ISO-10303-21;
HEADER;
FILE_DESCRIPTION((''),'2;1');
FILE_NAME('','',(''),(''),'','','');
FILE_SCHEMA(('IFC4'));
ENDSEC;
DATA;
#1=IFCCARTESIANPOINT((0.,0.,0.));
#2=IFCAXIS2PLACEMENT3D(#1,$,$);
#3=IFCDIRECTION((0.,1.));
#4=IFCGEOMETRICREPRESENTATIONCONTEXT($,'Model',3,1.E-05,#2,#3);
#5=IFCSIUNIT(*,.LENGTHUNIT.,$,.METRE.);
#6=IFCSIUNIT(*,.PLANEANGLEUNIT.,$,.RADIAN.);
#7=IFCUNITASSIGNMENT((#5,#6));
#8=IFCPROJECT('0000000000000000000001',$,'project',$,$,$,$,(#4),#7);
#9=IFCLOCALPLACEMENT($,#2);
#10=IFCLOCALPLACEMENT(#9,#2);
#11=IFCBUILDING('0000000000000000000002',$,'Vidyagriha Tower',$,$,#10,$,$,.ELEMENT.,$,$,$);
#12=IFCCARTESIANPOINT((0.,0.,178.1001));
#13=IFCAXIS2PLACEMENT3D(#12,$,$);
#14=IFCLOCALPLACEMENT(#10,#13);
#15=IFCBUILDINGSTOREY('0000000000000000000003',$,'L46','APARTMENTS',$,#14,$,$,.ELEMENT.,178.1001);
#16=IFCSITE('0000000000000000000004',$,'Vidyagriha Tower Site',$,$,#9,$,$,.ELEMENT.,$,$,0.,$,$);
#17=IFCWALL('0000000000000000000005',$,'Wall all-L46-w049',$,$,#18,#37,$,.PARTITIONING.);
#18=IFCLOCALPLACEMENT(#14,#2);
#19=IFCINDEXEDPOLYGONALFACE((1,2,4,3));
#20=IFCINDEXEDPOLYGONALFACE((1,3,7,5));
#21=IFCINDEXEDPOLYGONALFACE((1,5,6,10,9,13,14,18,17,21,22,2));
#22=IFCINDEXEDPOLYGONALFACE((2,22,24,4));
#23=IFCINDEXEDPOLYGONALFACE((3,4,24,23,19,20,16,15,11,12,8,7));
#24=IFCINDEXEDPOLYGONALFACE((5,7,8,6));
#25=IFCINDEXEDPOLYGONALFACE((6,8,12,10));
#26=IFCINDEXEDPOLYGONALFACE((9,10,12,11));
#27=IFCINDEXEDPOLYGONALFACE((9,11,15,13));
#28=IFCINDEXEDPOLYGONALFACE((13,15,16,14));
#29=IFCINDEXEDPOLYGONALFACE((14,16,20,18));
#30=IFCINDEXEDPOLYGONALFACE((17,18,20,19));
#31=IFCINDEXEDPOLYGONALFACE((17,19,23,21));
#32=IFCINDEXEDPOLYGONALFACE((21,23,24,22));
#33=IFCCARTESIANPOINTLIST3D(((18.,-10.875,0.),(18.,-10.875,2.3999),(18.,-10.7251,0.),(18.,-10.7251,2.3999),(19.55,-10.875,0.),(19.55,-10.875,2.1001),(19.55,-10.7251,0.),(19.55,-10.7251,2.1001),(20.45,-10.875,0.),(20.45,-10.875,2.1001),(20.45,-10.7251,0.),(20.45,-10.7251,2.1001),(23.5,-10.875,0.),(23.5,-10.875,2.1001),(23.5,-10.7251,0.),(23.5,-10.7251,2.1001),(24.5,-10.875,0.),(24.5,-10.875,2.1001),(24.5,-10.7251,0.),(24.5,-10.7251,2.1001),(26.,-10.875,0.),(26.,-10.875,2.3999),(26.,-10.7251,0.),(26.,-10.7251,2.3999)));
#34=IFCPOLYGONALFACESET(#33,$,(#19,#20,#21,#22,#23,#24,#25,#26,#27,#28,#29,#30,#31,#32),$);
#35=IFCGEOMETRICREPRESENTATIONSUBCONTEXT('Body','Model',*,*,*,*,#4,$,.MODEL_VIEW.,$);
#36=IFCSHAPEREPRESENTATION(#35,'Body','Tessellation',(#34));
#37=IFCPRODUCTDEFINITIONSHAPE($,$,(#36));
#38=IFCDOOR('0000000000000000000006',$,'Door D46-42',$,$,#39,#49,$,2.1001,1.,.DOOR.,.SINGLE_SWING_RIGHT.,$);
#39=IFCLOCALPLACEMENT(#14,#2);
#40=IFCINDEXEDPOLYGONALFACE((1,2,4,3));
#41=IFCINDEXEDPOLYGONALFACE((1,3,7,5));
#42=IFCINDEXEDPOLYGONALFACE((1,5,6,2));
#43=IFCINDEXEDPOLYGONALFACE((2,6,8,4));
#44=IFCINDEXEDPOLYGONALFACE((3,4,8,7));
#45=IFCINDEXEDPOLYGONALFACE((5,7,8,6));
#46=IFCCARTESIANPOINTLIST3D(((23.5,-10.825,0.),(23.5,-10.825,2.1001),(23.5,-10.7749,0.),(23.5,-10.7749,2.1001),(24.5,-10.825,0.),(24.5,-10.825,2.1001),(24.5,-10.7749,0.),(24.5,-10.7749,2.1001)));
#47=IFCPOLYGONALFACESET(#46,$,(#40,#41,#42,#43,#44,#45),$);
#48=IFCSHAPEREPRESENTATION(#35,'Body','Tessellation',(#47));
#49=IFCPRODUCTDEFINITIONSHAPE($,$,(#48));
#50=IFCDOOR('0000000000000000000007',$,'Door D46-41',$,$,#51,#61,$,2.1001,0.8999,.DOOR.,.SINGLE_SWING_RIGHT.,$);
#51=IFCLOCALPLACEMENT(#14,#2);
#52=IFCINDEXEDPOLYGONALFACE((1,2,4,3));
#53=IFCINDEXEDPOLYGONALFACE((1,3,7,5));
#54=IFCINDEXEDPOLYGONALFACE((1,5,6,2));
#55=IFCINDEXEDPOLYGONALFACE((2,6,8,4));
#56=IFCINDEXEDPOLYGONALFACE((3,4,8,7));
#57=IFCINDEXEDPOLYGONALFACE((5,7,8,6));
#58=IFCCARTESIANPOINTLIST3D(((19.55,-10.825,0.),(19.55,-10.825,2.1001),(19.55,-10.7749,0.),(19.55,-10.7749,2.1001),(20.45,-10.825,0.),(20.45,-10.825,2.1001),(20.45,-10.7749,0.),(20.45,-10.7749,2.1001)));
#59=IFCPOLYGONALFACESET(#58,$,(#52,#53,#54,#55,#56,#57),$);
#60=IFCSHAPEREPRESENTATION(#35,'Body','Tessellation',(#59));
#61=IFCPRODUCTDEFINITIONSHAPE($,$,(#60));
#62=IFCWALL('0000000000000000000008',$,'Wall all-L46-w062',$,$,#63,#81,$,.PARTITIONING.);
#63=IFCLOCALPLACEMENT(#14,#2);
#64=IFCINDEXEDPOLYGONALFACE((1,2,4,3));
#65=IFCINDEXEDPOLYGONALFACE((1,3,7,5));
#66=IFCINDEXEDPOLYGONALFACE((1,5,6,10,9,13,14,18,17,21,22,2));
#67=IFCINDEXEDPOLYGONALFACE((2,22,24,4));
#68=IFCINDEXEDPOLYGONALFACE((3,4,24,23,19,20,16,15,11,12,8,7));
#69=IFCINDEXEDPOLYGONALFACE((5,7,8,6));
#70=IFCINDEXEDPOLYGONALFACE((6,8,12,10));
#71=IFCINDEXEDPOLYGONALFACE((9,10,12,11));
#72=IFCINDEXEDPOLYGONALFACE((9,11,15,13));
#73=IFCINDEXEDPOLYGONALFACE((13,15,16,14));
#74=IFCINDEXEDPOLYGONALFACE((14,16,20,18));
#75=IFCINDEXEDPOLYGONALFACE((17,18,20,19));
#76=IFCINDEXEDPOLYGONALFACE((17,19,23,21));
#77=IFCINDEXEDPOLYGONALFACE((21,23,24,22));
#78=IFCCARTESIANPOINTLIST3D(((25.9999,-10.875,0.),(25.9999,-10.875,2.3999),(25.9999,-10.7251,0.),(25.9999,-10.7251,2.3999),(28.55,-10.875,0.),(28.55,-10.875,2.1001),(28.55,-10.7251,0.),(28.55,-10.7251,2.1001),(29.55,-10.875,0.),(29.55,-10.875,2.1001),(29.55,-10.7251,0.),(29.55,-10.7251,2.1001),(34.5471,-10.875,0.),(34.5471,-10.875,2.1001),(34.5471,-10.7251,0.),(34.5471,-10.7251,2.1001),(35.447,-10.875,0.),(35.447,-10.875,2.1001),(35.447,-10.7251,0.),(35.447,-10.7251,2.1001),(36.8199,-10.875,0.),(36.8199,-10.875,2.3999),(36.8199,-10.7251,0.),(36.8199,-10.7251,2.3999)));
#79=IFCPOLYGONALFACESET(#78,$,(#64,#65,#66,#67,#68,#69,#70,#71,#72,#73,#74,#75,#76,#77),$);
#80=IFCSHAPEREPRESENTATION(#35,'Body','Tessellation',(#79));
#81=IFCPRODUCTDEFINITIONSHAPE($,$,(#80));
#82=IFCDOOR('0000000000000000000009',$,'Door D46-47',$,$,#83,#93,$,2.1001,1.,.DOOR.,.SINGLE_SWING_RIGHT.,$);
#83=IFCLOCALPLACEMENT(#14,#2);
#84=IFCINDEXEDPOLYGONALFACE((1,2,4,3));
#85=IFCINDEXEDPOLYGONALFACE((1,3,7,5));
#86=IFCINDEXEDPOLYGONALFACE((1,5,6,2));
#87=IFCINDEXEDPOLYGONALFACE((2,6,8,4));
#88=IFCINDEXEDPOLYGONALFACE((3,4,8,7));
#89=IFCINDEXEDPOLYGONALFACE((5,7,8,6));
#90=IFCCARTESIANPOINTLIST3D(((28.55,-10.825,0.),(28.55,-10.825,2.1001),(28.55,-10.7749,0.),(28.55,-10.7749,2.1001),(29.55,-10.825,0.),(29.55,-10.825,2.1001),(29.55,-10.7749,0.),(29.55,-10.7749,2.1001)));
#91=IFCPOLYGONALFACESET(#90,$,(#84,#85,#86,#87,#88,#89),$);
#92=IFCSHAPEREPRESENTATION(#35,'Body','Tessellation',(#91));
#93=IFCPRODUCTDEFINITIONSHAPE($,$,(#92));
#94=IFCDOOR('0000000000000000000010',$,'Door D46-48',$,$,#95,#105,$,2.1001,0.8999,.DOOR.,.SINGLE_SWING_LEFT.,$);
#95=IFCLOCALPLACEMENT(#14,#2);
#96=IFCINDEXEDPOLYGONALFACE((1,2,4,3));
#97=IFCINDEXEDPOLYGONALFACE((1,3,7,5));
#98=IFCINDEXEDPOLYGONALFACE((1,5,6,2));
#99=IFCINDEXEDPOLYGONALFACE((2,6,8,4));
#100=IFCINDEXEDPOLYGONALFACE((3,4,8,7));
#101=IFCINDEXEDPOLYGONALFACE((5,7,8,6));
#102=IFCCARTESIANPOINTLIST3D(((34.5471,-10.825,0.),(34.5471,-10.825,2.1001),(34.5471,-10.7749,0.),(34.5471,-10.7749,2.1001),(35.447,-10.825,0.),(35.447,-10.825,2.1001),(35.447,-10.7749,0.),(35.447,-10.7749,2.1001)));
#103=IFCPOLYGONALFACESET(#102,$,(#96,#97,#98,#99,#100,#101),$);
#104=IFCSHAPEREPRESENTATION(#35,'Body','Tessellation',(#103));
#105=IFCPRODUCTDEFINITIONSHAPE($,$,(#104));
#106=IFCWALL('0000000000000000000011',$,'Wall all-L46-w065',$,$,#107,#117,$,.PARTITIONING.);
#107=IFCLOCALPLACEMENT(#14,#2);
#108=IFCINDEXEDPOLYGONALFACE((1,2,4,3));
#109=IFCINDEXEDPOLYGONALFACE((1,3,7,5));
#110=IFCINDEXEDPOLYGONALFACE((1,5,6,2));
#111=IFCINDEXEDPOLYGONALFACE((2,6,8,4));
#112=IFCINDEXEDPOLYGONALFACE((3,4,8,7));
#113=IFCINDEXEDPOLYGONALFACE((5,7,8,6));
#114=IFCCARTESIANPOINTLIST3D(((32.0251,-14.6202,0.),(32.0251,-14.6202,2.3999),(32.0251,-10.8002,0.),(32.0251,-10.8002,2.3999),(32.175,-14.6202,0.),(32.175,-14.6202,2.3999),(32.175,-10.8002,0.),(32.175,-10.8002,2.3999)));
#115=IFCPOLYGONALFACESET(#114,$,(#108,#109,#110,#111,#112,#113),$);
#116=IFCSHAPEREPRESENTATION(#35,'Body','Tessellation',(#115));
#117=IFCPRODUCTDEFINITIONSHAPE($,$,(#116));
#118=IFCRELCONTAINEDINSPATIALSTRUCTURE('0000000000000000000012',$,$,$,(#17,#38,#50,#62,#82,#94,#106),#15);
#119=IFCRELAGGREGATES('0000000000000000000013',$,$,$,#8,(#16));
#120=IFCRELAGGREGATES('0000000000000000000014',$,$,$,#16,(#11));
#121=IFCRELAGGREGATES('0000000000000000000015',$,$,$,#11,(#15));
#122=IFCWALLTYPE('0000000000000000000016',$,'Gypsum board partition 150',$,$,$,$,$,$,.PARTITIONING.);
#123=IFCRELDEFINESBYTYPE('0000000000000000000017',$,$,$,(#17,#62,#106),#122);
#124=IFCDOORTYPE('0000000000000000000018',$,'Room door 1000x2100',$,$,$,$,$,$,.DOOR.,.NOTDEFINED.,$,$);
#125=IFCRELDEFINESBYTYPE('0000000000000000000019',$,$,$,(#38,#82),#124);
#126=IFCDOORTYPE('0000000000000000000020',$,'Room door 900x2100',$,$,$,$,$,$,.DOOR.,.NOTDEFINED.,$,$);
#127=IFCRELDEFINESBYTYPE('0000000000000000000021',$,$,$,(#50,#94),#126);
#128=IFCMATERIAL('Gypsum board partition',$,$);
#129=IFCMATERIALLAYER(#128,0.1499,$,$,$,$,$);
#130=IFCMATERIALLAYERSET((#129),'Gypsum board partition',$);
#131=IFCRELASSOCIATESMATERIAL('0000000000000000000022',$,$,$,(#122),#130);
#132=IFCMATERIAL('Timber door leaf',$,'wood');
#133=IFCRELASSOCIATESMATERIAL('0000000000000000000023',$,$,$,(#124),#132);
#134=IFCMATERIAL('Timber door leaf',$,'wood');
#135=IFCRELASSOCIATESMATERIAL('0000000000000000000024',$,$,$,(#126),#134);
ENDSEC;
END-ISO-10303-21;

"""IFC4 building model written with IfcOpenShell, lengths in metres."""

from ifc_helpers import new_model, si_unit, direction, frame, frame_2d, origin, place, context, subcontext, project, spatial, rectangle, extrude, material, layer, layer_set, type_object, element, fill, save


model = new_model("IFC4")

# Units and contexts
model_context = context("Model", 3, precision=1e-05, world=origin(), true_north=direction((0.0, 1.0)))
body_context = subcontext(model_context, "Body", "Model", "MODEL_VIEW")
ifc_project = project(units=[si_unit("LENGTHUNIT", "METRE"), si_unit("PLANEANGLEUNIT", "RADIAN")], contexts=[model_context])

# Site, building, storey
site_placement = place(None, origin())
site = spatial("IfcSite", under=ifc_project, at=site_placement, Name="Vidyagriha Tower Site", CompositionType="ELEMENT", RefElevation=0.0)
building_placement = place(site_placement, origin())
building = spatial("IfcBuilding", under=site, at=building_placement, Name="Vidyagriha Tower", CompositionType="ELEMENT")
storey_placement = place(building_placement, frame((0.0, 0.0, 178.1001)))
storey = spatial("IfcBuildingStorey", under=building, at=storey_placement, Name="L46", Description="APARTMENTS", CompositionType="ELEMENT", Elevation=178.1001)

# Walls, openings, doors
ifc_material_1 = material(Name="Gypsum board partition")
ifc_layer_1 = layer(ifc_material_1, 0.1499)
ifc_layer_set_1 = layer_set([ifc_layer_1], Name="Gypsum board partition")
wall_type_1 = type_object("IfcWallType", Name="Gypsum board partition 150", PredefinedType="PARTITIONING", material=ifc_layer_set_1)
wall_1_placement = place(storey_placement, frame((26.0, -10.8, 0.0), z_axis=(0.0, 0.0, 1.0), x_axis=(-1.0, 0.0, 0.0)))
wall_1 = element("IfcWall", 1, at=wall_1_placement, inside=storey, type_object=wall_type_1, Name="Wall all-L46-w049", PredefinedType="PARTITIONING", context=body_context, shape_type="SweptSolid", body=[
    extrude(rectangle(XDim=8.0, YDim=0.1499, at=frame_2d((4.0, 0.0))), origin(), (0.0, 0.0, 1.0), 2.3999),
])
opening_1_placement = place(wall_1_placement, frame((5.55, 0.0, 0.0)))
opening_1 = element("IfcOpeningElement", 2, at=opening_1_placement, cuts=wall_1, PredefinedType="OPENING", context=body_context, shape_type="SweptSolid", body=[
    extrude(rectangle(XDim=0.8999, YDim=2.1001, at=frame_2d((0.45, 1.05))), frame((0.0, 0.085, 0.0), z_axis=(0.0, -1.0, 0.0), x_axis=(1.0, 0.0, 0.0)), (0.0, 0.0, 1.0), 0.1699),
])
opening_2_placement = place(wall_1_placement, frame((1.5, 0.0, 0.0)))
opening_2 = element("IfcOpeningElement", 3, at=opening_2_placement, cuts=wall_1, PredefinedType="OPENING", context=body_context, shape_type="SweptSolid", body=[
    extrude(rectangle(XDim=1.0, YDim=2.1001, at=frame_2d((0.5, 1.05))), frame((0.0, 0.085, 0.0), z_axis=(0.0, -1.0, 0.0), x_axis=(1.0, 0.0, 0.0)), (0.0, 0.0, 1.0), 0.1699),
])
ifc_material_2 = material(Name="Timber door leaf", Category="wood")
door_type_1 = type_object("IfcDoorType", Name="Room door 1000x2100", OperationType="NOTDEFINED", PredefinedType="DOOR", material=ifc_material_2)
door_1_placement = place(opening_2_placement, origin())
door_1 = element("IfcDoor", 4, at=door_1_placement, inside=storey, type_object=door_type_1, Name="Door D46-42", OperationType="SINGLE_SWING_RIGHT", OverallHeight=2.1001, OverallWidth=1.0, PredefinedType="DOOR", context=body_context, shape_type="SweptSolid", body=[
    extrude(rectangle(XDim=1.0, YDim=2.1001, at=frame_2d((0.5, 1.05))), frame((0.0, 0.0249, 0.0), z_axis=(0.0, -1.0, 0.0), x_axis=(1.0, 0.0, 0.0)), (0.0, 0.0, 1.0), 0.05),
])
fill(opening_2, door_1)
ifc_material_3 = material(Name="Timber door leaf", Category="wood")
door_type_2 = type_object("IfcDoorType", Name="Room door 900x2100", OperationType="NOTDEFINED", PredefinedType="DOOR", material=ifc_material_3)
door_2_placement = place(opening_1_placement, origin())
door_2 = element("IfcDoor", 5, at=door_2_placement, inside=storey, type_object=door_type_2, Name="Door D46-41", OperationType="SINGLE_SWING_RIGHT", OverallHeight=2.1001, OverallWidth=0.8999, PredefinedType="DOOR", context=body_context, shape_type="SweptSolid", body=[
    extrude(rectangle(XDim=0.8999, YDim=2.1001, at=frame_2d((0.45, 1.05))), frame((0.0, 0.0249, 0.0), z_axis=(0.0, -1.0, 0.0), x_axis=(1.0, 0.0, 0.0)), (0.0, 0.0, 1.0), 0.05),
])
fill(opening_1, door_2)
wall_2_placement = place(storey_placement, frame((36.8201, -10.8, 0.0), z_axis=(0.0, 0.0, 1.0), x_axis=(-1.0, 0.0, 0.0)))
wall_2 = element("IfcWall", 6, at=wall_2_placement, inside=storey, type_object=wall_type_1, Name="Wall all-L46-w062", PredefinedType="PARTITIONING", context=body_context, shape_type="SweptSolid", body=[
    extrude(rectangle(XDim=10.8201, YDim=0.1499, at=frame_2d((5.4102, 0.0))), origin(), (0.0, 0.0, 1.0), 2.3999),
])
opening_3_placement = place(wall_2_placement, frame((7.27, 0.0, 0.0)))
opening_3 = element("IfcOpeningElement", 7, at=opening_3_placement, cuts=wall_2, PredefinedType="OPENING", context=body_context, shape_type="SweptSolid", body=[
    extrude(rectangle(XDim=1.0, YDim=2.1001, at=frame_2d((0.5, 1.05))), frame((0.0, 0.085, 0.0), z_axis=(0.0, -1.0, 0.0), x_axis=(1.0, 0.0, 0.0)), (0.0, 0.0, 1.0), 0.1699),
])
opening_4_placement = place(wall_2_placement, frame((1.373, 0.0, 0.0)))
opening_4 = element("IfcOpeningElement", 8, at=opening_4_placement, cuts=wall_2, PredefinedType="OPENING", context=body_context, shape_type="SweptSolid", body=[
    extrude(rectangle(XDim=0.8999, YDim=2.1001, at=frame_2d((0.45, 1.05))), frame((0.0, 0.085, 0.0), z_axis=(0.0, -1.0, 0.0), x_axis=(1.0, 0.0, 0.0)), (0.0, 0.0, 1.0), 0.1699),
])
door_3_placement = place(opening_3_placement, origin())
door_3 = element("IfcDoor", 9, at=door_3_placement, inside=storey, type_object=door_type_1, Name="Door D46-47", OperationType="SINGLE_SWING_RIGHT", OverallHeight=2.1001, OverallWidth=1.0, PredefinedType="DOOR", context=body_context, shape_type="SweptSolid", body=[
    extrude(rectangle(XDim=1.0, YDim=2.1001, at=frame_2d((0.5, 1.05))), frame((0.0, 0.0249, 0.0), z_axis=(0.0, -1.0, 0.0), x_axis=(1.0, 0.0, 0.0)), (0.0, 0.0, 1.0), 0.05),
])
fill(opening_3, door_3)
door_4_placement = place(opening_4_placement, origin())
door_4 = element("IfcDoor", 10, at=door_4_placement, inside=storey, type_object=door_type_2, Name="Door D46-48", OperationType="SINGLE_SWING_LEFT", OverallHeight=2.1001, OverallWidth=0.8999, PredefinedType="DOOR", context=body_context, shape_type="SweptSolid", body=[
    extrude(rectangle(XDim=0.8999, YDim=2.1001, at=frame_2d((0.45, 1.05))), frame((0.0, 0.0249, 0.0), z_axis=(0.0, -1.0, 0.0), x_axis=(1.0, 0.0, 0.0)), (0.0, 0.0, 1.0), 0.05),
])
fill(opening_4, door_4)

# Wall
wall_3_placement = place(storey_placement, frame((32.1001, -10.8, 0.0), z_axis=(0.0, 0.0, 1.0), x_axis=(0.0, -1.0, 0.0)))
element("IfcWall", 11, at=wall_3_placement, inside=storey, type_object=wall_type_1, Name="Wall all-L46-w065", PredefinedType="PARTITIONING", context=body_context, shape_type="SweptSolid", body=[
    extrude(rectangle(XDim=3.8201, YDim=0.1499, at=frame_2d((1.9102, 0.0))), origin(), (0.0, 0.0, 1.0), 2.3999),
])

save(model, "model.ifc")
